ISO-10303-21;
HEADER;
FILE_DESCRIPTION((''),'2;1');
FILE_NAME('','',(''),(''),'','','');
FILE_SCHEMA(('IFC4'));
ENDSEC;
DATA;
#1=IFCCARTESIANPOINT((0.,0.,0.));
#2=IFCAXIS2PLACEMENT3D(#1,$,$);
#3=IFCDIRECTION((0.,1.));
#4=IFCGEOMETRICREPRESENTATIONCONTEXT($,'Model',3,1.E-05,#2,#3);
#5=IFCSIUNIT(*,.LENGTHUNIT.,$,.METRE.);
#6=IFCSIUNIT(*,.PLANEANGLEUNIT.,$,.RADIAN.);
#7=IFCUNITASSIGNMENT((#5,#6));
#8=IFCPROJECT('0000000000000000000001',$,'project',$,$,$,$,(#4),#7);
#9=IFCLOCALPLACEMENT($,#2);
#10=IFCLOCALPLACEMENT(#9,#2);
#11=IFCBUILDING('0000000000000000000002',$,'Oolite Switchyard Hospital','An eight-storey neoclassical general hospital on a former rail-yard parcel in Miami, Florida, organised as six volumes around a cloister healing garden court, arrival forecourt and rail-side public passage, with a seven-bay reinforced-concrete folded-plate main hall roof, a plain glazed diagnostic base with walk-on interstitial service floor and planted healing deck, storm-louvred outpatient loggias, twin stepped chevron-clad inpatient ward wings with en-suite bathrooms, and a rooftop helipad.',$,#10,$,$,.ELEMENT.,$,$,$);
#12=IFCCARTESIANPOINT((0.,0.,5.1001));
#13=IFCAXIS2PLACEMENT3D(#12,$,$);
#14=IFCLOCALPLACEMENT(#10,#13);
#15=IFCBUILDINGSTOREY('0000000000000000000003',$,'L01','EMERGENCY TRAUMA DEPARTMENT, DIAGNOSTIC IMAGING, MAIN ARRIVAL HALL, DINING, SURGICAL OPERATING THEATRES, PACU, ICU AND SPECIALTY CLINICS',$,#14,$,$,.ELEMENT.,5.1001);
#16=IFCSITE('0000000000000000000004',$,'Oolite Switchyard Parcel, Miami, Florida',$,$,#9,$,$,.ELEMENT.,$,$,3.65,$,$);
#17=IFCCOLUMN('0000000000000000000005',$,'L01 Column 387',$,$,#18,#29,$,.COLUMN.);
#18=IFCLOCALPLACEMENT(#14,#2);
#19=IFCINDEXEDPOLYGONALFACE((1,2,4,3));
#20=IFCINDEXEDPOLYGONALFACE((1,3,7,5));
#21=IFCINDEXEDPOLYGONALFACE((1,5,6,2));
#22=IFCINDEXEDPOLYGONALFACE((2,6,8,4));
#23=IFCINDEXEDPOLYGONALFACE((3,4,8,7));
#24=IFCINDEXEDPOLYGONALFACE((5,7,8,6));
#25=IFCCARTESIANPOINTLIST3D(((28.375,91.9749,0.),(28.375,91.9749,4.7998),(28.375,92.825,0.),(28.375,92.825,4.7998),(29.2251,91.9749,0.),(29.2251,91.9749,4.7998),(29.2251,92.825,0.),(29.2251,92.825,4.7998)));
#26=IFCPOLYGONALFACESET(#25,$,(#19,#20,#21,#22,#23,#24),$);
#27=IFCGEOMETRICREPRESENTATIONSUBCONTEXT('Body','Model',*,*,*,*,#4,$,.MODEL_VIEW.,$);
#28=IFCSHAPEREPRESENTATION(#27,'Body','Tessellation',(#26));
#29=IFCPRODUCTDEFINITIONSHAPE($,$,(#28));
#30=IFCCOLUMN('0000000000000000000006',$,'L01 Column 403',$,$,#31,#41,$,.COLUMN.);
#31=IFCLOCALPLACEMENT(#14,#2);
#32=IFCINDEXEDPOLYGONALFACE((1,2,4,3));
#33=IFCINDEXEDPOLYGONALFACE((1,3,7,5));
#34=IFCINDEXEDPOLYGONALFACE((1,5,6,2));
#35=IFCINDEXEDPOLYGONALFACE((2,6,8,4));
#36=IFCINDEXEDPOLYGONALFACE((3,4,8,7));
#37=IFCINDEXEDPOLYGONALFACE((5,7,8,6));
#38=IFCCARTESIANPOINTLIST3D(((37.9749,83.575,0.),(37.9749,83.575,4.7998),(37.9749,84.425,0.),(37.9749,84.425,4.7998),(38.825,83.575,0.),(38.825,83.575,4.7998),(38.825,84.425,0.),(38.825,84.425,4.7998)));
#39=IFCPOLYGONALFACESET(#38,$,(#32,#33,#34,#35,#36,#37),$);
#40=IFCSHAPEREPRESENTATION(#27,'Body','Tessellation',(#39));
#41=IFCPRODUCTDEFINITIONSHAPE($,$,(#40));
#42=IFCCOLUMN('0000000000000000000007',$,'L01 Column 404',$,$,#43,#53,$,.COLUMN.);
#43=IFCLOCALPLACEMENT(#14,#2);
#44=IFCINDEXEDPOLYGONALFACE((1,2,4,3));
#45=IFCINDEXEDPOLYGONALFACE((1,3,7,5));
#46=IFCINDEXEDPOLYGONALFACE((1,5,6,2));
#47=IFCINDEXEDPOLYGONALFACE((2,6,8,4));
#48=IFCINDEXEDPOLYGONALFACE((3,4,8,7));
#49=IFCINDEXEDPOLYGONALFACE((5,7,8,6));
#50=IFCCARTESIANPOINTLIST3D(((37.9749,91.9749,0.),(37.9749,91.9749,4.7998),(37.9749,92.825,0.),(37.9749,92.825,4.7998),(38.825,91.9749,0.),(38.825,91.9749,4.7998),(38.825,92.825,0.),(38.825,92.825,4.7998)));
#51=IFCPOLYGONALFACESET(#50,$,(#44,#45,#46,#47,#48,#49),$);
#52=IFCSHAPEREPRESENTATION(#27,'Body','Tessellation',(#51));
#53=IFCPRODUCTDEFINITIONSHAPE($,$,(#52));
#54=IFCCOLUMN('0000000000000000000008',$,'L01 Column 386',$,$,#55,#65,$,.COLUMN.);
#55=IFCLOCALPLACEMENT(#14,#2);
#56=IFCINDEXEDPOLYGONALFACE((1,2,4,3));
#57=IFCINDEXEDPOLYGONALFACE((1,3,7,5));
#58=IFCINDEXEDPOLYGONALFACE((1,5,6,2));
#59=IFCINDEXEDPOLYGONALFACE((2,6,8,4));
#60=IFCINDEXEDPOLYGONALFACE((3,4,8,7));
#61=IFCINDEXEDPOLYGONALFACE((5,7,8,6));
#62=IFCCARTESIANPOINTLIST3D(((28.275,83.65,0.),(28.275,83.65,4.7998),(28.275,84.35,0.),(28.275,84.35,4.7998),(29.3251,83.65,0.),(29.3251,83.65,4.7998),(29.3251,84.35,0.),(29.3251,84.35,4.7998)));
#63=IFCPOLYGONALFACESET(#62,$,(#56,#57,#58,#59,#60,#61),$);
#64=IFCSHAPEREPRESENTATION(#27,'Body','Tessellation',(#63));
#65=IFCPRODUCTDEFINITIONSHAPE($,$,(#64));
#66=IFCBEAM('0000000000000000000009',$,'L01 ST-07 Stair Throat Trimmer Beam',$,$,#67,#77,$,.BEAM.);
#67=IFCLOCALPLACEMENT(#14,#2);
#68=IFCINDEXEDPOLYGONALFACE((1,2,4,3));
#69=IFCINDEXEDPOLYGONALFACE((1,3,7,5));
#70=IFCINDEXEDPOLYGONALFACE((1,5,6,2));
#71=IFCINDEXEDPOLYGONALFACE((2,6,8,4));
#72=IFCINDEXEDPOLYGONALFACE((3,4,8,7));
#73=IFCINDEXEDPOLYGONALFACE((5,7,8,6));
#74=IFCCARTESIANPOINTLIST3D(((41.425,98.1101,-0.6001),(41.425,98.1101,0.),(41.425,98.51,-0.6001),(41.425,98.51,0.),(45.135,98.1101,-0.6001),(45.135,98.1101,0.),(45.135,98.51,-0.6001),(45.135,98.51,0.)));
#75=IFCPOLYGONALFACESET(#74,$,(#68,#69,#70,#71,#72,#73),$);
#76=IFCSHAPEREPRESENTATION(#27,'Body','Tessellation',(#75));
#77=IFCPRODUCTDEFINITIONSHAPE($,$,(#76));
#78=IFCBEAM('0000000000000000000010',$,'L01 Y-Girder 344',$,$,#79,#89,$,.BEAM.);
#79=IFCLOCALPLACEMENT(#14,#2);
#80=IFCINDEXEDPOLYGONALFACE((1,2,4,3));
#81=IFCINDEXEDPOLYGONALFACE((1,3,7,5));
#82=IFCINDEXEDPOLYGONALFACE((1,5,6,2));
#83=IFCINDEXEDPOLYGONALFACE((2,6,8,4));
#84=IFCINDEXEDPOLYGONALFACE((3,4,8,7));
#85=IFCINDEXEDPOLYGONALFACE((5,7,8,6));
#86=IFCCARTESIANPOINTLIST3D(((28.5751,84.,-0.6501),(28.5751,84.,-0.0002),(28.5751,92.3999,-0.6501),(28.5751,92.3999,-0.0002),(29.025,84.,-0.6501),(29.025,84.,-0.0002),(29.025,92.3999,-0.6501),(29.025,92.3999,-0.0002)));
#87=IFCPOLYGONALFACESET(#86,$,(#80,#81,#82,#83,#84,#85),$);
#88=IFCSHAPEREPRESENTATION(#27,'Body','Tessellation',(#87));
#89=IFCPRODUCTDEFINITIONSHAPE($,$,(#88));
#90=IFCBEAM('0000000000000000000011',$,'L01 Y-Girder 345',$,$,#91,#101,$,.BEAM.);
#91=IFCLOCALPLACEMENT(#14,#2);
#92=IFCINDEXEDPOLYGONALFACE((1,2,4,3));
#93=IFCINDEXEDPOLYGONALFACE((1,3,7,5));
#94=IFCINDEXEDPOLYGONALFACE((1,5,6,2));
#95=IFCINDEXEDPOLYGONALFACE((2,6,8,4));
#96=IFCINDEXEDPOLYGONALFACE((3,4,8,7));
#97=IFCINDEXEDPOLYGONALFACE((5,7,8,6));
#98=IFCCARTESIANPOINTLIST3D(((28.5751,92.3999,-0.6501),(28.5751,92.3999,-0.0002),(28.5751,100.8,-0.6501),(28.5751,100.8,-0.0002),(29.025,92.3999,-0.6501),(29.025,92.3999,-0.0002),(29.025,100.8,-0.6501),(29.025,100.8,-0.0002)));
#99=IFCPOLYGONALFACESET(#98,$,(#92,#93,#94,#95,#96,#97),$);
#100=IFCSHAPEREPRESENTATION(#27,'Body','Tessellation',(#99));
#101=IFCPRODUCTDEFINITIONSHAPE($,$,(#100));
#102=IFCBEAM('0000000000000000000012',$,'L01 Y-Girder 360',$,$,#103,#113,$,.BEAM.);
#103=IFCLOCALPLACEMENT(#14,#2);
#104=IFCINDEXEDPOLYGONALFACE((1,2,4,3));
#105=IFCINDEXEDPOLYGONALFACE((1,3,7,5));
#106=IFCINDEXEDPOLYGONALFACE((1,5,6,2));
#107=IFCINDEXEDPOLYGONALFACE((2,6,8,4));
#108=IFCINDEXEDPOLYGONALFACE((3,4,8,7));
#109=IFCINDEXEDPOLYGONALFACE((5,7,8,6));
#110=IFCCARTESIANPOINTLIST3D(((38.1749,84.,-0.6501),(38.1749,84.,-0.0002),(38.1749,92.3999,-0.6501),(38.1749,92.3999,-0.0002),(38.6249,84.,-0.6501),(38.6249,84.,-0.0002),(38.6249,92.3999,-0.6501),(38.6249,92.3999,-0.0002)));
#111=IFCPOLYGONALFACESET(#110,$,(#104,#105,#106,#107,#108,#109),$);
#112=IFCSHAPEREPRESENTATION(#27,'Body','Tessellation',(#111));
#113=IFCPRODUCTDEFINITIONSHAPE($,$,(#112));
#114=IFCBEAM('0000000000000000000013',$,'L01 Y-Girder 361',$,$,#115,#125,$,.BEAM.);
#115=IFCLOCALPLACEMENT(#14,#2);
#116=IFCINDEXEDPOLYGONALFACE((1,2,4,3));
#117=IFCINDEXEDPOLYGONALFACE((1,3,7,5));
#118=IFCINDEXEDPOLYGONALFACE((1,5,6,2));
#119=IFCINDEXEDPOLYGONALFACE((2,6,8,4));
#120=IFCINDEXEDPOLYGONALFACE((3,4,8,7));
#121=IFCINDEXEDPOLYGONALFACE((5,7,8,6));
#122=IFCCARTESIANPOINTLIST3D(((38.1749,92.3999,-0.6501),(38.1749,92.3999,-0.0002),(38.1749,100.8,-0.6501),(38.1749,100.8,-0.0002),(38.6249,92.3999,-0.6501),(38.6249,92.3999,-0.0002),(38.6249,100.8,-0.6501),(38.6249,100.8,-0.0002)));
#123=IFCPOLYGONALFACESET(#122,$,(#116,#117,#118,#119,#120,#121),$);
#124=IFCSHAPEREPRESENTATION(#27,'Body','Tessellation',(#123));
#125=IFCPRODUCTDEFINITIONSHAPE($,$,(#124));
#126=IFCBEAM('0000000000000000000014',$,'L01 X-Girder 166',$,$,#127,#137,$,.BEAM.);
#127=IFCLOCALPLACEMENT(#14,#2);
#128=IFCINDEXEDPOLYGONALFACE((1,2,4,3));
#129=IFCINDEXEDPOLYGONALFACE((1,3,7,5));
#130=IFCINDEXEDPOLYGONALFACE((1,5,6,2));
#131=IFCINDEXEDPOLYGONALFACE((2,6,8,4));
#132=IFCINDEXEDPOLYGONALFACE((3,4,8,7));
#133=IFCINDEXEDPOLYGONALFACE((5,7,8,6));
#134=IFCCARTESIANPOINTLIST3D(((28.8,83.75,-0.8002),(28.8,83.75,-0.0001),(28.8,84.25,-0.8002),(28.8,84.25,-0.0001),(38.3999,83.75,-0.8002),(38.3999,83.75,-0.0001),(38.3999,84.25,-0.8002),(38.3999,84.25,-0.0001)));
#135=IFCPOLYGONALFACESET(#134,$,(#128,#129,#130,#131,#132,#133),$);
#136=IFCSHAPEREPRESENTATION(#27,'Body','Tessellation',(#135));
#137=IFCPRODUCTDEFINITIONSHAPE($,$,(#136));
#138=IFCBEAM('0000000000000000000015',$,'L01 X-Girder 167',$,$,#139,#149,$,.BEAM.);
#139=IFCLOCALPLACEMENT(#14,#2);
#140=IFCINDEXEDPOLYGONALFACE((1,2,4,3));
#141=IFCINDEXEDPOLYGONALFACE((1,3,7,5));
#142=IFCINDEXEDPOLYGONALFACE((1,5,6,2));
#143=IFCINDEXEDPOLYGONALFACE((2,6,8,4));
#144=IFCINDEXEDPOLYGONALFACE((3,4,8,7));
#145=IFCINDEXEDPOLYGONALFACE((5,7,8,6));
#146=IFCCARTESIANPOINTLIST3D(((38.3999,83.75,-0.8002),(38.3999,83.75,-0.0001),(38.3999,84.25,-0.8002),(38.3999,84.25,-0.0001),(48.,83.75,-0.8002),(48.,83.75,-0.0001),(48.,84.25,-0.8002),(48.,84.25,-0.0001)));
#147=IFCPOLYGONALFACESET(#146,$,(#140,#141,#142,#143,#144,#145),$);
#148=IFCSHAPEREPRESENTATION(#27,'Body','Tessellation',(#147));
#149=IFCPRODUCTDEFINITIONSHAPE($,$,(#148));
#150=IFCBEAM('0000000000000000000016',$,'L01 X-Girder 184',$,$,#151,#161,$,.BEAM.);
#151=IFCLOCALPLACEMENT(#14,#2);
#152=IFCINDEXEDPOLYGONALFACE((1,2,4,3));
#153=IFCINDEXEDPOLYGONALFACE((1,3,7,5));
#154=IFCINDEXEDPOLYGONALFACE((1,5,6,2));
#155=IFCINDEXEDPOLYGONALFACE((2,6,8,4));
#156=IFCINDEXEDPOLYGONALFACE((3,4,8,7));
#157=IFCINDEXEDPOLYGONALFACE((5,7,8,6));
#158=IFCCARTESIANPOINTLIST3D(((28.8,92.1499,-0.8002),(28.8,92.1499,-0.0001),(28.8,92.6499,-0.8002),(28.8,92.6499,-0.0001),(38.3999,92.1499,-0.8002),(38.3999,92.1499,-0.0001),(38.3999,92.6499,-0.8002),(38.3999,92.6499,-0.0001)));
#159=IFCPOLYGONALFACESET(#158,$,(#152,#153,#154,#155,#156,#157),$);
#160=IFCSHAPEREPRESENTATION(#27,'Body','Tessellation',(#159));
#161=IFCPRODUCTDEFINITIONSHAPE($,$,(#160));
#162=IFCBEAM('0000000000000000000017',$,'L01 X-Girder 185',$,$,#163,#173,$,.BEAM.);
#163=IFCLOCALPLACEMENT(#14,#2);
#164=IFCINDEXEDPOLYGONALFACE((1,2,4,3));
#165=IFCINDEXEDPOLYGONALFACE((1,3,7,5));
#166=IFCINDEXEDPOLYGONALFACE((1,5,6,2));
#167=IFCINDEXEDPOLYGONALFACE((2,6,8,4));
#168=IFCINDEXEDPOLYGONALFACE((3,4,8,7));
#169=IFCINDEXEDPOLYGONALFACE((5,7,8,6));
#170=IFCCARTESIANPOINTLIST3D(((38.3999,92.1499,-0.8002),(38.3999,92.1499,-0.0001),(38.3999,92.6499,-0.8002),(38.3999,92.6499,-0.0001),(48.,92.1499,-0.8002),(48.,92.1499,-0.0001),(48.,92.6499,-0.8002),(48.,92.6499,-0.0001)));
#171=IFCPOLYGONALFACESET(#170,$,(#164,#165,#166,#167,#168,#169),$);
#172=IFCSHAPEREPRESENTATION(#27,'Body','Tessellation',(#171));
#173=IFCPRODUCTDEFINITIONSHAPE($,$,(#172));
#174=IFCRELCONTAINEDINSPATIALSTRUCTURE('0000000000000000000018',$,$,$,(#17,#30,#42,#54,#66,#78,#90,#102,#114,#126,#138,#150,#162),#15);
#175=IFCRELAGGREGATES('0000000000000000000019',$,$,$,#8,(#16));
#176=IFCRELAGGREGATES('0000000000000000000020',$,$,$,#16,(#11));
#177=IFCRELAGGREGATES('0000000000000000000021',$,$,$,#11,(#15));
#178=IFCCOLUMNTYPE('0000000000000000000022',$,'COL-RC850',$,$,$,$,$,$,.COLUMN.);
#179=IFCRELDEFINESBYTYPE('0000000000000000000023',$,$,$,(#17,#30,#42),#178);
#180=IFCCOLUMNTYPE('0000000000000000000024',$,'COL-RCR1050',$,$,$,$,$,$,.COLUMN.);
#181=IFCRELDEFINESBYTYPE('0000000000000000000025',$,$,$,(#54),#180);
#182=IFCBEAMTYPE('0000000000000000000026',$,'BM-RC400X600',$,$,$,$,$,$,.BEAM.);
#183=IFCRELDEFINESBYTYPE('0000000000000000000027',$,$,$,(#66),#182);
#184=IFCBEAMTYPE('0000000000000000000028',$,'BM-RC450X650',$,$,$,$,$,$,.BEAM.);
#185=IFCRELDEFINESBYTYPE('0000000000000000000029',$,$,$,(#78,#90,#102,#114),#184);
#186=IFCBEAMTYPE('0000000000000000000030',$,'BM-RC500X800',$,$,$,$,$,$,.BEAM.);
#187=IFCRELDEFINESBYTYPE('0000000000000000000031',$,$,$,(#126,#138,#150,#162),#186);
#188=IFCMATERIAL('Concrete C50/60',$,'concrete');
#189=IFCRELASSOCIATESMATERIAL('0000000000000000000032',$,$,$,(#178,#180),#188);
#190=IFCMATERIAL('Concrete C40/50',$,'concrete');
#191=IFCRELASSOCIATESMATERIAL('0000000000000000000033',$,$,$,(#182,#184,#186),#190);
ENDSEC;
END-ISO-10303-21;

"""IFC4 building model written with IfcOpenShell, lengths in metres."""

from ifc_helpers import new_model, si_unit, direction, frame, origin, origin_2d, place, context, subcontext, project, spatial, rectangle, extrude, material, material_profile, profile_set, type_object, element, save


model = new_model("IFC4")

# Units and contexts
model_context = context("Model", 3, precision=1e-05, world=origin(), true_north=direction((0.0, 1.0)))
body_context = subcontext(model_context, "Body", "Model", "MODEL_VIEW")
ifc_project = project(units=[si_unit("LENGTHUNIT", "METRE"), si_unit("PLANEANGLEUNIT", "RADIAN")], contexts=[model_context])

# Site, building, storey
site_placement = place(None, origin())
site = spatial("IfcSite", under=ifc_project, at=site_placement, Name="Oolite Switchyard Parcel, Miami, Florida", CompositionType="ELEMENT", RefElevation=3.65)
building_placement = place(site_placement, origin())
building = spatial("IfcBuilding", under=site, at=building_placement, Name="Oolite Switchyard Hospital", Description="An eight-storey neoclassical general hospital on a former rail-yard parcel in Miami, Florida, organised as six volumes around a cloister healing garden court, arrival forecourt and rail-side public passage, with a seven-bay reinforced-concrete folded-plate main hall roof, a plain glazed diagnostic base with walk-on interstitial service floor and planted healing deck, storm-louvred outpatient loggias, twin stepped chevron-clad inpatient ward wings with en-suite bathrooms, and a rooftop helipad.", CompositionType="ELEMENT")
storey_placement = place(building_placement, frame((0.0, 0.0, 5.1001)))
storey = spatial("IfcBuildingStorey", under=building, at=storey_placement, Name="L01", Description="EMERGENCY TRAUMA DEPARTMENT, DIAGNOSTIC IMAGING, MAIN ARRIVAL HALL, DINING, SURGICAL OPERATING THEATRES, PACU, ICU AND SPECIALTY CLINICS", CompositionType="ELEMENT", Elevation=5.1001)

# Columns
ifc_material_1 = material(Name="Concrete C50/60", Category="concrete")
ifc_material_profile_1 = material_profile(ifc_material_1, rectangle(XDim=0.8501, YDim=0.8501, at=origin_2d()), Name="RC850X850")
ifc_profile_set_1 = profile_set([ifc_material_profile_1], Name="Concrete C50/60")
column_type_1 = type_object("IfcColumnType", Name="COL-RC850", PredefinedType="COLUMN", material=ifc_profile_set_1)
for number, where, z_axis, x_axis, name in (
    (1, (28.8, 92.3999, 0.0), (0.0, 0.0, 1.0), (1.0, 0.0, 0.0), "L01 Column 387"),
    (2, (38.3999, 84.0, 0.0), (0.0, 0.0, 1.0), (1.0, 0.0, 0.0), "L01 Column 403"),
    (3, (38.3999, 92.3999, 0.0), (0.0, 0.0, 1.0), (1.0, 0.0, 0.0), "L01 Column 404"),
):
    element("IfcColumn", number, at=place(storey_placement, frame(where, z_axis=z_axis, x_axis=x_axis)), inside=storey, type_object=column_type_1, Name=name, PredefinedType="COLUMN", context=body_context, shape_type="SweptSolid", body=[
        extrude(rectangle(XDim=0.8501, YDim=0.8501, at=origin_2d()), origin(), (0.0, 0.0, 1.0), 4.7998),
    ])
ifc_material_profile_2 = material_profile(ifc_material_1, rectangle(XDim=1.05, YDim=0.7, at=origin_2d()), Name="RC1050X700")
ifc_profile_set_2 = profile_set([ifc_material_profile_2], Name="Concrete C50/60")
column_type_2 = type_object("IfcColumnType", Name="COL-RCR1050", PredefinedType="COLUMN", material=ifc_profile_set_2)
column_placement = place(storey_placement, frame((28.8, 84.0, 0.0), z_axis=(0.0, 0.0, 1.0), x_axis=(1.0, 0.0, 0.0)))
element("IfcColumn", 4, at=column_placement, inside=storey, type_object=column_type_2, Name="L01 Column 386", PredefinedType="COLUMN", context=body_context, shape_type="SweptSolid", body=[
    extrude(rectangle(XDim=1.05, YDim=0.7, at=origin_2d()), origin(), (0.0, 0.0, 1.0), 4.7998),
])

# Beams
ifc_material_2 = material(Name="Concrete C40/50", Category="concrete")
ifc_material_profile_3 = material_profile(ifc_material_2, rectangle(XDim=0.3999, YDim=0.6001, at=origin_2d()), Name="RCB400X600")
ifc_profile_set_3 = profile_set([ifc_material_profile_3], Name="Concrete C40/50")
beam_type_1 = type_object("IfcBeamType", Name="BM-RC400X600", PredefinedType="BEAM", material=ifc_profile_set_3)
beam_1_placement = place(storey_placement, frame((41.425, 98.3101, -0.3), z_axis=(1.0, 0.0, 0.0), x_axis=(0.0, 1.0, 0.0)))
element("IfcBeam", 5, at=beam_1_placement, inside=storey, type_object=beam_type_1, Name="L01 ST-07 Stair Throat Trimmer Beam", PredefinedType="BEAM", context=body_context, shape_type="SweptSolid", body=[
    extrude(rectangle(XDim=0.3999, YDim=0.6001, at=origin_2d()), origin(), (0.0, 0.0, 1.0), 3.71),
])
ifc_material_profile_4 = material_profile(ifc_material_2, rectangle(XDim=0.45, YDim=0.6499, at=origin_2d()), Name="RCB450X650")
ifc_profile_set_4 = profile_set([ifc_material_profile_4], Name="Concrete C40/50")
beam_type_2 = type_object("IfcBeamType", Name="BM-RC450X650", PredefinedType="BEAM", material=ifc_profile_set_4)
beam_2_placement = place(storey_placement, frame((28.8, 84.0, -0.3252), z_axis=(0.0, 1.0, 0.0), x_axis=(-1.0, 0.0, 0.0)))
element("IfcBeam", 6, at=beam_2_placement, inside=storey, type_object=beam_type_2, Name="L01 Y-Girder 344", PredefinedType="BEAM", context=body_context, shape_type="SweptSolid", body=[
    extrude(rectangle(XDim=0.45, YDim=0.6499, at=origin_2d()), origin(), (0.0, 0.0, 1.0), 8.3999),
])
beam_3_placement = place(storey_placement, frame((28.8, 92.3999, -0.3252), z_axis=(0.0, 1.0, 0.0), x_axis=(-1.0, 0.0, 0.0)))
element("IfcBeam", 7, at=beam_3_placement, inside=storey, type_object=beam_type_2, Name="L01 Y-Girder 345", PredefinedType="BEAM", context=body_context, shape_type="SweptSolid", body=[
    extrude(rectangle(XDim=0.45, YDim=0.6499, at=origin_2d()), origin(), (0.0, 0.0, 1.0), 8.4001),
])
beam_4_placement = place(storey_placement, frame((38.3999, 84.0, -0.3252), z_axis=(0.0, 1.0, 0.0), x_axis=(-1.0, 0.0, 0.0)))
element("IfcBeam", 8, at=beam_4_placement, inside=storey, type_object=beam_type_2, Name="L01 Y-Girder 360", PredefinedType="BEAM", context=body_context, shape_type="SweptSolid", body=[
    extrude(rectangle(XDim=0.45, YDim=0.6499, at=origin_2d()), origin(), (0.0, 0.0, 1.0), 8.3999),
])
beam_5_placement = place(storey_placement, frame((38.3999, 92.3999, -0.3252), z_axis=(0.0, 1.0, 0.0), x_axis=(-1.0, 0.0, 0.0)))
element("IfcBeam", 9, at=beam_5_placement, inside=storey, type_object=beam_type_2, Name="L01 Y-Girder 361", PredefinedType="BEAM", context=body_context, shape_type="SweptSolid", body=[
    extrude(rectangle(XDim=0.45, YDim=0.6499, at=origin_2d()), origin(), (0.0, 0.0, 1.0), 8.4001),
])
ifc_material_profile_5 = material_profile(ifc_material_2, rectangle(XDim=0.5, YDim=0.8, at=origin_2d()), Name="RCB500X800")
ifc_profile_set_5 = profile_set([ifc_material_profile_5], Name="Concrete C40/50")
beam_type_3 = type_object("IfcBeamType", Name="BM-RC500X800", PredefinedType="BEAM", material=ifc_profile_set_5)
beam_6_placement = place(storey_placement, frame((28.8, 84.0, -0.4001), z_axis=(1.0, 0.0, 0.0), x_axis=(0.0, 1.0, 0.0)))
element("IfcBeam", 10, at=beam_6_placement, inside=storey, type_object=beam_type_3, Name="L01 X-Girder 166", PredefinedType="BEAM", context=body_context, shape_type="SweptSolid", body=[
    extrude(rectangle(XDim=0.5, YDim=0.8, at=origin_2d()), origin(), (0.0, 0.0, 1.0), 9.5999),
])
beam_7_placement = place(storey_placement, frame((38.3999, 84.0, -0.4001), z_axis=(1.0, 0.0, 0.0), x_axis=(0.0, 1.0, 0.0)))
element("IfcBeam", 11, at=beam_7_placement, inside=storey, type_object=beam_type_3, Name="L01 X-Girder 167", PredefinedType="BEAM", context=body_context, shape_type="SweptSolid", body=[
    extrude(rectangle(XDim=0.5, YDim=0.8, at=origin_2d()), origin(), (0.0, 0.0, 1.0), 9.6001),
])
beam_8_placement = place(storey_placement, frame((28.8, 92.3999, -0.4001), z_axis=(1.0, 0.0, 0.0), x_axis=(0.0, 1.0, 0.0)))
element("IfcBeam", 12, at=beam_8_placement, inside=storey, type_object=beam_type_3, Name="L01 X-Girder 184", PredefinedType="BEAM", context=body_context, shape_type="SweptSolid", body=[
    extrude(rectangle(XDim=0.5, YDim=0.8, at=origin_2d()), origin(), (0.0, 0.0, 1.0), 9.5999),
])
beam_9_placement = place(storey_placement, frame((38.3999, 92.3999, -0.4001), z_axis=(1.0, 0.0, 0.0), x_axis=(0.0, 1.0, 0.0)))
element("IfcBeam", 13, at=beam_9_placement, inside=storey, type_object=beam_type_3, Name="L01 X-Girder 185", PredefinedType="BEAM", context=body_context, shape_type="SweptSolid", body=[
    extrude(rectangle(XDim=0.5, YDim=0.8, at=origin_2d()), origin(), (0.0, 0.0, 1.0), 9.6001),
])

save(model, "model.ifc")
